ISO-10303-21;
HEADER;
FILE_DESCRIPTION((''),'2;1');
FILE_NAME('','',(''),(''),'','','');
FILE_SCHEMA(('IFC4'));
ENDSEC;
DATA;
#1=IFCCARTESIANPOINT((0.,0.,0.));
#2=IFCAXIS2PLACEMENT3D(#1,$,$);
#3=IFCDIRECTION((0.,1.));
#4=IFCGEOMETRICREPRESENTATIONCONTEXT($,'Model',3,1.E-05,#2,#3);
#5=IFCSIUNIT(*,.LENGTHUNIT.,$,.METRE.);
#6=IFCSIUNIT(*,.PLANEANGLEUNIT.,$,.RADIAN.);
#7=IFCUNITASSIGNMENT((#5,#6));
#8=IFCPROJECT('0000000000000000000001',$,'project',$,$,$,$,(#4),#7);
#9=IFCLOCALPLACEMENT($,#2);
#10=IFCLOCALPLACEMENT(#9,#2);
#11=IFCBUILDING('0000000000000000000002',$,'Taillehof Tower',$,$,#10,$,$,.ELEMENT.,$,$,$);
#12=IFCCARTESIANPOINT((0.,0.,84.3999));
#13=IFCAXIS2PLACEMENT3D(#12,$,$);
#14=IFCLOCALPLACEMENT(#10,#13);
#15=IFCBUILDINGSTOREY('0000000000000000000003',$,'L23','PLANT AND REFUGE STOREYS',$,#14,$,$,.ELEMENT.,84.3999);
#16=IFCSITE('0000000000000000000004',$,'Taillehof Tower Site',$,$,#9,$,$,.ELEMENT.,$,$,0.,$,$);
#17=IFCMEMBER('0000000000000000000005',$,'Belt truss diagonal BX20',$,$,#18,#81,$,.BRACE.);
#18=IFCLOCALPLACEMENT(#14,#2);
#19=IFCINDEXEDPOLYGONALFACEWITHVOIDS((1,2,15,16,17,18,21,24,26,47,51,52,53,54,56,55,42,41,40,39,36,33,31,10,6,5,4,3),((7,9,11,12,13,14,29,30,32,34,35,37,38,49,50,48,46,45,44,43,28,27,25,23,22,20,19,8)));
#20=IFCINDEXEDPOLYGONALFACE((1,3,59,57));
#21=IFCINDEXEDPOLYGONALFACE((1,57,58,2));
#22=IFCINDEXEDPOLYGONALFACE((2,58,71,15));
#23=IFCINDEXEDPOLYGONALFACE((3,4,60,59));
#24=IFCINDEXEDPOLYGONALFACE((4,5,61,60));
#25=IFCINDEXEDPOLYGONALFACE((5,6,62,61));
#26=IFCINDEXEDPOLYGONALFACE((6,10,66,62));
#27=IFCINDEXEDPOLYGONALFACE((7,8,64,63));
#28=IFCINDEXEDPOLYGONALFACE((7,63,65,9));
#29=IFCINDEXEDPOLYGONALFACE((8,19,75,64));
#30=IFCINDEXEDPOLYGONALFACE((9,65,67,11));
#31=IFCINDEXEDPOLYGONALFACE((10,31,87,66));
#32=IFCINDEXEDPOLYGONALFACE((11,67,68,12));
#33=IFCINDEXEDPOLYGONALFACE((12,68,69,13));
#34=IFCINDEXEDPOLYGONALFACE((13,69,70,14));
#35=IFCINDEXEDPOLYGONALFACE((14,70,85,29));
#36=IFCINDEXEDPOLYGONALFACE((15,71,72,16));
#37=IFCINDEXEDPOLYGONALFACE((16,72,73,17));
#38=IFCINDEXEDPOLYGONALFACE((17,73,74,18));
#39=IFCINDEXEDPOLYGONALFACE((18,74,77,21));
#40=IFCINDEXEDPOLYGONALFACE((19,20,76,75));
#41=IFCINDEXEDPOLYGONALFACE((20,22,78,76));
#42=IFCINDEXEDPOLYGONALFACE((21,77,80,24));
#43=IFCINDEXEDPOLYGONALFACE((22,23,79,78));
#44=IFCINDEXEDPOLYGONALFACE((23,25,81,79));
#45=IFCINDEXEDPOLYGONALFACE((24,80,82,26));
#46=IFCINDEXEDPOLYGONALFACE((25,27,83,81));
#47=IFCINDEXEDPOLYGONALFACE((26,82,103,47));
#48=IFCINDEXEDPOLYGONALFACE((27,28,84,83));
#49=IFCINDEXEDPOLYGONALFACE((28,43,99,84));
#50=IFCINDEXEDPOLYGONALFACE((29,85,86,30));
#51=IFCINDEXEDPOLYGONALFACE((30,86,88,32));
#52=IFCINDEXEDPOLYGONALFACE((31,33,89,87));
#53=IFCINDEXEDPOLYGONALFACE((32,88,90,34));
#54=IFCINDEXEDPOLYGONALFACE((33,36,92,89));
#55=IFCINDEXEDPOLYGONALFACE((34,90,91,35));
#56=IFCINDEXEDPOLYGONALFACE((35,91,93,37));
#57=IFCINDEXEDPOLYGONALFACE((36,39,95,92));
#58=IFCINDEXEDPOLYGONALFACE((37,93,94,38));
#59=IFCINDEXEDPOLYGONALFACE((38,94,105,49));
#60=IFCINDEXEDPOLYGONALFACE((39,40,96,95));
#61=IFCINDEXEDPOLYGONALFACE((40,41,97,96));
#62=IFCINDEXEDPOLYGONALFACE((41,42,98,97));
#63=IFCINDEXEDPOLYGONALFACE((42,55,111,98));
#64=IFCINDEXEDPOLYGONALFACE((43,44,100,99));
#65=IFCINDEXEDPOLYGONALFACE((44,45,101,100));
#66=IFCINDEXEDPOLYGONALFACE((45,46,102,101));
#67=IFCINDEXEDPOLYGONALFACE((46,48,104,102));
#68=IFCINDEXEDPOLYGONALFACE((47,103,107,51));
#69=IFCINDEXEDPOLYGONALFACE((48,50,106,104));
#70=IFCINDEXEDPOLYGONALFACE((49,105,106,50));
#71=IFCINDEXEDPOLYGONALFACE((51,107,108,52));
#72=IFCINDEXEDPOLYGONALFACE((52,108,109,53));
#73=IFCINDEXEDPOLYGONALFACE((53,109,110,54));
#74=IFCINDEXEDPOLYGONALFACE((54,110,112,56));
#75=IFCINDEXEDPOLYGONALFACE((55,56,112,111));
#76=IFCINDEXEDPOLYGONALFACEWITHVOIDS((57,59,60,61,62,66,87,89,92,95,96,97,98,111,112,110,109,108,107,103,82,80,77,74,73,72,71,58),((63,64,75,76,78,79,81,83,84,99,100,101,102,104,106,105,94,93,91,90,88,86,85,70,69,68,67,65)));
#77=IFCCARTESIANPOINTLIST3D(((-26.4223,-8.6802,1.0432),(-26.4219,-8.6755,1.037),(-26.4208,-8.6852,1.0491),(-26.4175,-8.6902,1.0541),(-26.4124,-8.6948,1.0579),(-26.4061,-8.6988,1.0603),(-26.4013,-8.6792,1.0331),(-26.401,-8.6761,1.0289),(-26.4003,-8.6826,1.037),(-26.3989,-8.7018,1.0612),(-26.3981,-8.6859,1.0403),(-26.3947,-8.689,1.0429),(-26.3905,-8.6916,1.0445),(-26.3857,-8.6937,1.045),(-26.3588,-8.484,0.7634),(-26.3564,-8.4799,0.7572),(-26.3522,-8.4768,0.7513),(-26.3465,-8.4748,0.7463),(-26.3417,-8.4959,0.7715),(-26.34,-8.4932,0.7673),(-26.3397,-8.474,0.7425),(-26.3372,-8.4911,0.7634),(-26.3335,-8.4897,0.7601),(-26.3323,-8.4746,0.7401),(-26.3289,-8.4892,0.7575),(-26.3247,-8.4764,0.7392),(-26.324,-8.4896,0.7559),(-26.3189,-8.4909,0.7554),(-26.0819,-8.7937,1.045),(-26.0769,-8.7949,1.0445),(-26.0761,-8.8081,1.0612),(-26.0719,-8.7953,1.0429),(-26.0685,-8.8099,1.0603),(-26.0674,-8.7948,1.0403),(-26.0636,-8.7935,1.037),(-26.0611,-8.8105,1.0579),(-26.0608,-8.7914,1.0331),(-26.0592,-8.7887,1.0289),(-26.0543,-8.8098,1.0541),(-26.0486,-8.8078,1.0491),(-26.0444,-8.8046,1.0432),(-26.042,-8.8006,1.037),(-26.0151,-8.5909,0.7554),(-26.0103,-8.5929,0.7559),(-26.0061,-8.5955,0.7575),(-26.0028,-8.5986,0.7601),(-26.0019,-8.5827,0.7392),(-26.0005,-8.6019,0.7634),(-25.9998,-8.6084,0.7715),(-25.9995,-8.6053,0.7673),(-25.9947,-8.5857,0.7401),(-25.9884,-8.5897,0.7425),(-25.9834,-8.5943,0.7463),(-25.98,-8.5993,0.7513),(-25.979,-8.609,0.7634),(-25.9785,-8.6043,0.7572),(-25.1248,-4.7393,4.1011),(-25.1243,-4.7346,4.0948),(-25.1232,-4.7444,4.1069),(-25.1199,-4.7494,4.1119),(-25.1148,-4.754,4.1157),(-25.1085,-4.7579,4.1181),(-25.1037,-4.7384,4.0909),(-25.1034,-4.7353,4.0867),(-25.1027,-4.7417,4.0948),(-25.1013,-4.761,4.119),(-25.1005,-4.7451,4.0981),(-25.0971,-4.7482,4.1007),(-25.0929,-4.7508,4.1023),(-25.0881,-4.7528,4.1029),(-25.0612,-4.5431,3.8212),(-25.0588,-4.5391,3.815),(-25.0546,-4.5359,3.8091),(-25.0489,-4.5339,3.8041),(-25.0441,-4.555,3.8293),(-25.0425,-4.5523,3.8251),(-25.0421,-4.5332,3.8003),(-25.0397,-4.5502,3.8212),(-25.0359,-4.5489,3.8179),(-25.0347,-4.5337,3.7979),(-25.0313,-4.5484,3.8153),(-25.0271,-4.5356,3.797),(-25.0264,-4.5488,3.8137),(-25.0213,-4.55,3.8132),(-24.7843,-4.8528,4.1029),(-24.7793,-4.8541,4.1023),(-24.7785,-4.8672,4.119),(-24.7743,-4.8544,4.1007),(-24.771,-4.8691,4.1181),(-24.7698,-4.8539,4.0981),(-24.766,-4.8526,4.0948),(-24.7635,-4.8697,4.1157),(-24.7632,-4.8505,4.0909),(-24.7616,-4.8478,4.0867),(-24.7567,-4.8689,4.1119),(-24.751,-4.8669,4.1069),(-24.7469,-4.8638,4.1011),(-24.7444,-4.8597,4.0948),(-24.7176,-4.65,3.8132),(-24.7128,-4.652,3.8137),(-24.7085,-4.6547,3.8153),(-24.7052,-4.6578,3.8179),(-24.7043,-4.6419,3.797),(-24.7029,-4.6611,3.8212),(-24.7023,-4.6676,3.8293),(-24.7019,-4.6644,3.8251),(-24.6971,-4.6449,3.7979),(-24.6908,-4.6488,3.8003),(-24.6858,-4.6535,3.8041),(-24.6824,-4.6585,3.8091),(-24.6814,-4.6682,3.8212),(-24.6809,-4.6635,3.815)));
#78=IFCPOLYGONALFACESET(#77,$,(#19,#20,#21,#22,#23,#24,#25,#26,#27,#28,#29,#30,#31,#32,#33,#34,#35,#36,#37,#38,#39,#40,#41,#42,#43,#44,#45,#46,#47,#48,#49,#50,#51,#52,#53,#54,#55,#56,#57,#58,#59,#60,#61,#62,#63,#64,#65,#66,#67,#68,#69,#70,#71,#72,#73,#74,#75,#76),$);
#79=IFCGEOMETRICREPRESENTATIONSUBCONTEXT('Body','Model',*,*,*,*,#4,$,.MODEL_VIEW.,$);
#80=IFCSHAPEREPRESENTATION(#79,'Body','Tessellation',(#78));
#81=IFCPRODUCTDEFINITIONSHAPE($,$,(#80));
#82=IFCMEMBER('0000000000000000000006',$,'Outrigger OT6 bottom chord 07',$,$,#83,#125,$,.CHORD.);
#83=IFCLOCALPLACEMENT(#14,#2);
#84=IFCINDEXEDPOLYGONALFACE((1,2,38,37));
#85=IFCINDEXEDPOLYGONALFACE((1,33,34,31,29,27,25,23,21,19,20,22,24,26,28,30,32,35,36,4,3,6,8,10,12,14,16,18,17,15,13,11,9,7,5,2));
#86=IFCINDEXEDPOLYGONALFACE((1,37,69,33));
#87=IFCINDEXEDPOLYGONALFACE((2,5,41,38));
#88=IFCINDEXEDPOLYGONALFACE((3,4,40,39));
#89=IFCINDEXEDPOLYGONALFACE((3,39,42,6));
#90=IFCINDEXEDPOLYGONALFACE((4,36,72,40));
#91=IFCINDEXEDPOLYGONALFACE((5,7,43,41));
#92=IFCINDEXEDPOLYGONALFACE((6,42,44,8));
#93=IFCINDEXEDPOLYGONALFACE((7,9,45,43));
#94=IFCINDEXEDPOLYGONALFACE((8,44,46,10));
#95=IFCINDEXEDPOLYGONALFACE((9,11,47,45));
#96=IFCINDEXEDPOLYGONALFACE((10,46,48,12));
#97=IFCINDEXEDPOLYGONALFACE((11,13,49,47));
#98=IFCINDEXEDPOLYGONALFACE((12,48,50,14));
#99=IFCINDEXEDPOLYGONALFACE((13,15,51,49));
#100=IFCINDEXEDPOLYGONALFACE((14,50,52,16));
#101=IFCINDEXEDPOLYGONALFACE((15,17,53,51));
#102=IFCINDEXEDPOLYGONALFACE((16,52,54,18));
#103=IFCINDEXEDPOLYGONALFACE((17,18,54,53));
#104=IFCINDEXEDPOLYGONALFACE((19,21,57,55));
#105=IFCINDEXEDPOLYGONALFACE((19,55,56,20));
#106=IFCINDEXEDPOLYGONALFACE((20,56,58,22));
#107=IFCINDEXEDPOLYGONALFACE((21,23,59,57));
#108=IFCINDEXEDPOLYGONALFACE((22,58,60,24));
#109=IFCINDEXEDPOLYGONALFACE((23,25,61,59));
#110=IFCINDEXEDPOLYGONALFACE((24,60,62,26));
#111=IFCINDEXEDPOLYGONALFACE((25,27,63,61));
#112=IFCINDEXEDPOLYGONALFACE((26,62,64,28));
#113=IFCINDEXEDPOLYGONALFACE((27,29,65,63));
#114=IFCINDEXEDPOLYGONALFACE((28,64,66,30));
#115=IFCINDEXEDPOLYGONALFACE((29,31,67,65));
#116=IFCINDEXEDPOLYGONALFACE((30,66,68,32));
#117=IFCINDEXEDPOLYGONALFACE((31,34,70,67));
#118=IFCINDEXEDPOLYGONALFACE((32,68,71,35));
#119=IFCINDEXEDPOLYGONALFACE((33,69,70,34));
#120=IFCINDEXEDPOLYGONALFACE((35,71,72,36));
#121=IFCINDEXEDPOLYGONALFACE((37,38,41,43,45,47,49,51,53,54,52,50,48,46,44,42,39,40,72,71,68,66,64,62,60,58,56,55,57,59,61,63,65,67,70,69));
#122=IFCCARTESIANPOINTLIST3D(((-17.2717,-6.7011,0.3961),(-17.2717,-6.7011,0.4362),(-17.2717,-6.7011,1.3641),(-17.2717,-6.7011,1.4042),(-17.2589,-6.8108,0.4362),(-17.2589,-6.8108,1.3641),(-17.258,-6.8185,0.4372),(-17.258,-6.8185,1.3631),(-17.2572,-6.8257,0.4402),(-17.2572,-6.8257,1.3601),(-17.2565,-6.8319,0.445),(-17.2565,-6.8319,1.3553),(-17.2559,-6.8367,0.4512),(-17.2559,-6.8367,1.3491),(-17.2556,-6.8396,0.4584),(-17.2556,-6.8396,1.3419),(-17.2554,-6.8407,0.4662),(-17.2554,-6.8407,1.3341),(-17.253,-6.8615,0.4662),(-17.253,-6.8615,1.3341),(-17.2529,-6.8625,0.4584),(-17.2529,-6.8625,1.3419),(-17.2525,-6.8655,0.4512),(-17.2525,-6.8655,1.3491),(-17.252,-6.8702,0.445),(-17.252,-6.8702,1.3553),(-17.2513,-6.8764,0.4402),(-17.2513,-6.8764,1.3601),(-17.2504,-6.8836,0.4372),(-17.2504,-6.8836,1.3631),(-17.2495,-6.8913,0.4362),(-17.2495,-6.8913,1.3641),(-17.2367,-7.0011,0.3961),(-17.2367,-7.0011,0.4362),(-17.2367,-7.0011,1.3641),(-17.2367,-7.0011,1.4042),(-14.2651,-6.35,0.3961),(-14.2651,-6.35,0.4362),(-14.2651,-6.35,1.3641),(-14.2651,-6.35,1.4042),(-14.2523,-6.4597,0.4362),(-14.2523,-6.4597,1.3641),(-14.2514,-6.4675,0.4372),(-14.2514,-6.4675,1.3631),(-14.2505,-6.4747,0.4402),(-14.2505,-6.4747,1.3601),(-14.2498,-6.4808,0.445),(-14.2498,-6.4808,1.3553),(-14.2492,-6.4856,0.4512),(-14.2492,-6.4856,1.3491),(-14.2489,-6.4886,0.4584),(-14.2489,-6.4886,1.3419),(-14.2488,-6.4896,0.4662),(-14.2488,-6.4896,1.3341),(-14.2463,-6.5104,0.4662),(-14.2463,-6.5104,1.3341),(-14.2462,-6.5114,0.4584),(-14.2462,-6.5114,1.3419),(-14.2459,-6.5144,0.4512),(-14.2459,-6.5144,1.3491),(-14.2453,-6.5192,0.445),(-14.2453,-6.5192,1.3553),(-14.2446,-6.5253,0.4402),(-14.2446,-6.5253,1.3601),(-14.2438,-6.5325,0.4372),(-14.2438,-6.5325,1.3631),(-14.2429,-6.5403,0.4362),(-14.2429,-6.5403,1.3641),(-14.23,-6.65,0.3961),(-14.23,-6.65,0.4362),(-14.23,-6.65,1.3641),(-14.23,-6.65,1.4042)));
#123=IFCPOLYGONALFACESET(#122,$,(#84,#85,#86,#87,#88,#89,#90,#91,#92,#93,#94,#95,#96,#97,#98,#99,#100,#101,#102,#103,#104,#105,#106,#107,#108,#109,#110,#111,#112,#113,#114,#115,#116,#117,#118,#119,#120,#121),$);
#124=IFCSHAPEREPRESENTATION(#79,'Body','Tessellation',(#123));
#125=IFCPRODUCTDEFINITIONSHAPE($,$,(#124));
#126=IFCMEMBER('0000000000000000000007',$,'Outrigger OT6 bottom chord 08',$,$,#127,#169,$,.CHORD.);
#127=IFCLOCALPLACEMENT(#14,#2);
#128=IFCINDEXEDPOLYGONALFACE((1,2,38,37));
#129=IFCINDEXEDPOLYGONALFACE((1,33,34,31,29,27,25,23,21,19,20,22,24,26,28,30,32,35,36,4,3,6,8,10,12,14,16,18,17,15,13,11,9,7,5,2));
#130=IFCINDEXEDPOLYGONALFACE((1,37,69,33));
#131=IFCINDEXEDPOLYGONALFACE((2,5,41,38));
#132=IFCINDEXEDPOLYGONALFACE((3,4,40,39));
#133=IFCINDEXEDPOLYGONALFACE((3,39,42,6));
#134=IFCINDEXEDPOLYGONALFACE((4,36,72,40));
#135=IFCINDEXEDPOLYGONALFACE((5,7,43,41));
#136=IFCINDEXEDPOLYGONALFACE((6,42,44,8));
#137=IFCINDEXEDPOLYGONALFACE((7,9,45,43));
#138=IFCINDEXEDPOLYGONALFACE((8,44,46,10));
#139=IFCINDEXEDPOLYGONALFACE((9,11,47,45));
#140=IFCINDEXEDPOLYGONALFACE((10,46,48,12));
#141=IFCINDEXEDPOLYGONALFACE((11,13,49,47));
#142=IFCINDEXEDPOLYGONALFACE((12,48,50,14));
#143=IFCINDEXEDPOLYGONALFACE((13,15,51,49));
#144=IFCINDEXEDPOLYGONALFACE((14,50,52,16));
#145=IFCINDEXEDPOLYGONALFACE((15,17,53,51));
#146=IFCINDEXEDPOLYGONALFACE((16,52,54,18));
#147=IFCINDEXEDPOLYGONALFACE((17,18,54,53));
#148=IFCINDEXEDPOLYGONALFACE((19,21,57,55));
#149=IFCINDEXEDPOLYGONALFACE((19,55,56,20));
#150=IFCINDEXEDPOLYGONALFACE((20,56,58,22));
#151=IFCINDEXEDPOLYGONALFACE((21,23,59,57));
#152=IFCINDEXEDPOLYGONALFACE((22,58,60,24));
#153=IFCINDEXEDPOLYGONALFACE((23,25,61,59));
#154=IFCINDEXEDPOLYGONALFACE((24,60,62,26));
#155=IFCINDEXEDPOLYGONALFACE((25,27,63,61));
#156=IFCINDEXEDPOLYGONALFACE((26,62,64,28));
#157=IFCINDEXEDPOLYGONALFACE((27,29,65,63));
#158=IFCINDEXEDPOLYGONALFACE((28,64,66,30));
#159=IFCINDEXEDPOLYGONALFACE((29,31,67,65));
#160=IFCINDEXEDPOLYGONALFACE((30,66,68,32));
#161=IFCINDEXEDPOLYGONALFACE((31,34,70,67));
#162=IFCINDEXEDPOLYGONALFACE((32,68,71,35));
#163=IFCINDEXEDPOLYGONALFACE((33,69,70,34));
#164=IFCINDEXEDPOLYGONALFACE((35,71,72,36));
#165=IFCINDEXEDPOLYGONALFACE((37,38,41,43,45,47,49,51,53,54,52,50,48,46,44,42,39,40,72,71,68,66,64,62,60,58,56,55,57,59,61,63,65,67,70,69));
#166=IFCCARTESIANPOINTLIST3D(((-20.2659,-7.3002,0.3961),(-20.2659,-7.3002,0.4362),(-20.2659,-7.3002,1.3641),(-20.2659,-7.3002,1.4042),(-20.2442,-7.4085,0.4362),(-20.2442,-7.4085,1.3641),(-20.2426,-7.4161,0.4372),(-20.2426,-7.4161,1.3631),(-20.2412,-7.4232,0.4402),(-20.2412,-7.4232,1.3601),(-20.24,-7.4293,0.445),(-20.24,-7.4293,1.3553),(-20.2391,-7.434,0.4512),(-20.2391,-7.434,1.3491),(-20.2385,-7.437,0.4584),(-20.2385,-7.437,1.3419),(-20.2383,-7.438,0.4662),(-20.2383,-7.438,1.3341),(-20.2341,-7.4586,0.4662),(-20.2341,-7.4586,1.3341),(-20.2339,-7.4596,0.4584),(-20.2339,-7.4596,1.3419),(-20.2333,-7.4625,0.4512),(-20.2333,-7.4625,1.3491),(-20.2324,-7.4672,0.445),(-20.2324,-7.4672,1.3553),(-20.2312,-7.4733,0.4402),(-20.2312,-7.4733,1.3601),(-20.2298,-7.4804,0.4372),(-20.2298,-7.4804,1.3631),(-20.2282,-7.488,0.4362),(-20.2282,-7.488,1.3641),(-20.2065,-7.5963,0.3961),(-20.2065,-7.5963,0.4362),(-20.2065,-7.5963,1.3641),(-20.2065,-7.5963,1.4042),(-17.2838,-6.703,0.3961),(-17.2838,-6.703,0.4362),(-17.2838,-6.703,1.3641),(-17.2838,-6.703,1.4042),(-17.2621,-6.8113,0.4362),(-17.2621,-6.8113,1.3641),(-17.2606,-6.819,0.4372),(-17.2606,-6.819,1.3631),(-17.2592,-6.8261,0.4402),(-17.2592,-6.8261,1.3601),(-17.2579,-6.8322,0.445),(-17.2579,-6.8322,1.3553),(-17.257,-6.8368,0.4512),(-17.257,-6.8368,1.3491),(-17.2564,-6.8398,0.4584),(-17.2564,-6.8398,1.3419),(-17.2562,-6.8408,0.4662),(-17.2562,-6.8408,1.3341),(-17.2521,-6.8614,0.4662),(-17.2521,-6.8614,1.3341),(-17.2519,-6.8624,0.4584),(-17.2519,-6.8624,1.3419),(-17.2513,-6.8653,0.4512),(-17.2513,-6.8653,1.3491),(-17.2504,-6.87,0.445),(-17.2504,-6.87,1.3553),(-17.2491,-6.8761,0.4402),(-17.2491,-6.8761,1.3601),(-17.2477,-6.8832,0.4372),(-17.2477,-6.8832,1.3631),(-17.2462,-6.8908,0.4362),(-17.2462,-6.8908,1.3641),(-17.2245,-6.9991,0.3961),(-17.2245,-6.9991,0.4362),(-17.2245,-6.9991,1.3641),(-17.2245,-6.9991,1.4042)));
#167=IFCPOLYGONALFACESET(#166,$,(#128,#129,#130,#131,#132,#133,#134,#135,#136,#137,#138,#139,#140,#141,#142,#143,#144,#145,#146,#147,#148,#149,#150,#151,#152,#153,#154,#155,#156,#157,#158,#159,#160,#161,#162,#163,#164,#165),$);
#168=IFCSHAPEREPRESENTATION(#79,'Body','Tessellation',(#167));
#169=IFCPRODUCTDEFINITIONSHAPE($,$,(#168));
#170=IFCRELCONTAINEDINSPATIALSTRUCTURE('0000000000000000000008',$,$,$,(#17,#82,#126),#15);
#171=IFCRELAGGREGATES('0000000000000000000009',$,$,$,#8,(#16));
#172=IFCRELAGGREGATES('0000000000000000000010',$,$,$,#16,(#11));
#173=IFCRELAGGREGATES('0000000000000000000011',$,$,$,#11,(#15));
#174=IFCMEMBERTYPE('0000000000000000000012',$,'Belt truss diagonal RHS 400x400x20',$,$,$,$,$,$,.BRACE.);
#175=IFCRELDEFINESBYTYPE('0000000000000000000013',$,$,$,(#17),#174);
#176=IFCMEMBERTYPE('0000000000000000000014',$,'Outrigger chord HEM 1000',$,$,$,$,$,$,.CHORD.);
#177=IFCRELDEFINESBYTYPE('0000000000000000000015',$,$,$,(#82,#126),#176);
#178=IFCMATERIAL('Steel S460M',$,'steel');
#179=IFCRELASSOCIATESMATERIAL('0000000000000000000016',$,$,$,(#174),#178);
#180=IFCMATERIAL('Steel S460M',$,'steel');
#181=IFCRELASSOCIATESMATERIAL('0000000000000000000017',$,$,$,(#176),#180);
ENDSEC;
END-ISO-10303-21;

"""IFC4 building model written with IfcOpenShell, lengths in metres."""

from ifc_helpers import new_model, si_unit, direction, frame, origin, origin_2d, place, context, subcontext, project, spatial, hollow_rectangle, i_section, extrude, material, material_profile, profile_set, type_object, element, save


model = new_model("IFC4")

# Units and contexts
model_context = context("Model", 3, precision=1e-05, world=origin(), true_north=direction((0.0, 1.0)))
body_context = subcontext(model_context, "Body", "Model", "MODEL_VIEW")
ifc_project = project(units=[si_unit("LENGTHUNIT", "METRE"), si_unit("PLANEANGLEUNIT", "RADIAN")], contexts=[model_context])

# Site, building, storey
site_placement = place(None, origin())
site = spatial("IfcSite", under=ifc_project, at=site_placement, Name="Taillehof Tower Site", CompositionType="ELEMENT", RefElevation=0.0)
building_placement = place(site_placement, origin())
building = spatial("IfcBuilding", under=site, at=building_placement, Name="Taillehof Tower", CompositionType="ELEMENT")
storey_placement = place(building_placement, frame((0.0, 0.0, 84.3999)))
storey = spatial("IfcBuildingStorey", under=building, at=storey_placement, Name="L23", Description="PLANT AND REFUGE STOREYS", CompositionType="ELEMENT", Elevation=84.3999)

# Members
ifc_material_1 = material(Name="Steel S460M", Category="steel")
ifc_material_profile_1 = material_profile(ifc_material_1, hollow_rectangle(XDim=0.3999, YDim=0.3999, WallThickness=0.02, InnerFilletRadius=0.02, OuterFilletRadius=0.03, at=origin_2d()), Name="RHS 400x400x20")
ifc_profile_set_1 = profile_set([ifc_material_profile_1], Name="Steel S460M")
member_type_1 = type_object("IfcMemberType", Name="Belt truss diagonal RHS 400x400x20", PredefinedType="BRACE", material=ifc_profile_set_1)
member_1_placement = place(storey_placement, frame((-24.9028, -4.7014, 3.958), z_axis=(-0.25176, -0.764612, -0.593283), x_axis=(0.949836, -0.312748, 0.0)))
element("IfcMember", 1, at=member_1_placement, inside=storey, type_object=member_type_1, Name="Belt truss diagonal BX20", PredefinedType="BRACE", context=body_context, shape_type="SweptSolid", body=[
    extrude(hollow_rectangle(XDim=0.3999, YDim=0.3999, WallThickness=0.02, InnerFilletRadius=0.02, OuterFilletRadius=0.03, at=origin_2d()), origin(), (0.0, 0.0, 1.0), 5.1541),
])
ifc_material_2 = material(Name="Steel S460M", Category="steel")
ifc_material_profile_2 = material_profile(ifc_material_2, i_section(OverallWidth=0.302, OverallDepth=1.0081, WebThickness=0.021, FlangeThickness=0.04, FilletRadius=0.03, at=origin_2d()), Name="HEM 1000")
ifc_profile_set_2 = profile_set([ifc_material_profile_2], Name="Steel S460M")
member_type_2 = type_object("IfcMemberType", Name="Outrigger chord HEM 1000", PredefinedType="CHORD", material=ifc_profile_set_2)
member_2_placement = place(storey_placement, frame((-14.2476, -6.5, 0.9001), z_axis=(-0.993252, -0.11598, 0.0), x_axis=(0.11598, -0.993252, 0.0)))
element("IfcMember", 2, at=member_2_placement, inside=storey, type_object=member_type_2, Name="Outrigger OT6 bottom chord 07", PredefinedType="CHORD", context=body_context, shape_type="SweptSolid", body=[
    extrude(i_section(OverallWidth=0.302, OverallDepth=1.0081, WebThickness=0.021, FlangeThickness=0.04, FilletRadius=0.03, at=origin_2d()), origin(), (0.0, 0.0, 1.0), 3.0271),
])
member_3_placement = place(storey_placement, frame((-17.2542, -6.8511, 0.9001), z_axis=(-0.980531, -0.196363, 0.0), x_axis=(0.196363, -0.980531, 0.0)))
element("IfcMember", 3, at=member_3_placement, inside=storey, type_object=member_type_2, Name="Outrigger OT6 bottom chord 08", PredefinedType="CHORD", context=body_context, shape_type="SweptSolid", body=[
    extrude(i_section(OverallWidth=0.302, OverallDepth=1.0081, WebThickness=0.021, FlangeThickness=0.04, FilletRadius=0.03, at=origin_2d()), origin(), (0.0, 0.0, 1.0), 3.0413),
])

save(model, "model.ifc")
